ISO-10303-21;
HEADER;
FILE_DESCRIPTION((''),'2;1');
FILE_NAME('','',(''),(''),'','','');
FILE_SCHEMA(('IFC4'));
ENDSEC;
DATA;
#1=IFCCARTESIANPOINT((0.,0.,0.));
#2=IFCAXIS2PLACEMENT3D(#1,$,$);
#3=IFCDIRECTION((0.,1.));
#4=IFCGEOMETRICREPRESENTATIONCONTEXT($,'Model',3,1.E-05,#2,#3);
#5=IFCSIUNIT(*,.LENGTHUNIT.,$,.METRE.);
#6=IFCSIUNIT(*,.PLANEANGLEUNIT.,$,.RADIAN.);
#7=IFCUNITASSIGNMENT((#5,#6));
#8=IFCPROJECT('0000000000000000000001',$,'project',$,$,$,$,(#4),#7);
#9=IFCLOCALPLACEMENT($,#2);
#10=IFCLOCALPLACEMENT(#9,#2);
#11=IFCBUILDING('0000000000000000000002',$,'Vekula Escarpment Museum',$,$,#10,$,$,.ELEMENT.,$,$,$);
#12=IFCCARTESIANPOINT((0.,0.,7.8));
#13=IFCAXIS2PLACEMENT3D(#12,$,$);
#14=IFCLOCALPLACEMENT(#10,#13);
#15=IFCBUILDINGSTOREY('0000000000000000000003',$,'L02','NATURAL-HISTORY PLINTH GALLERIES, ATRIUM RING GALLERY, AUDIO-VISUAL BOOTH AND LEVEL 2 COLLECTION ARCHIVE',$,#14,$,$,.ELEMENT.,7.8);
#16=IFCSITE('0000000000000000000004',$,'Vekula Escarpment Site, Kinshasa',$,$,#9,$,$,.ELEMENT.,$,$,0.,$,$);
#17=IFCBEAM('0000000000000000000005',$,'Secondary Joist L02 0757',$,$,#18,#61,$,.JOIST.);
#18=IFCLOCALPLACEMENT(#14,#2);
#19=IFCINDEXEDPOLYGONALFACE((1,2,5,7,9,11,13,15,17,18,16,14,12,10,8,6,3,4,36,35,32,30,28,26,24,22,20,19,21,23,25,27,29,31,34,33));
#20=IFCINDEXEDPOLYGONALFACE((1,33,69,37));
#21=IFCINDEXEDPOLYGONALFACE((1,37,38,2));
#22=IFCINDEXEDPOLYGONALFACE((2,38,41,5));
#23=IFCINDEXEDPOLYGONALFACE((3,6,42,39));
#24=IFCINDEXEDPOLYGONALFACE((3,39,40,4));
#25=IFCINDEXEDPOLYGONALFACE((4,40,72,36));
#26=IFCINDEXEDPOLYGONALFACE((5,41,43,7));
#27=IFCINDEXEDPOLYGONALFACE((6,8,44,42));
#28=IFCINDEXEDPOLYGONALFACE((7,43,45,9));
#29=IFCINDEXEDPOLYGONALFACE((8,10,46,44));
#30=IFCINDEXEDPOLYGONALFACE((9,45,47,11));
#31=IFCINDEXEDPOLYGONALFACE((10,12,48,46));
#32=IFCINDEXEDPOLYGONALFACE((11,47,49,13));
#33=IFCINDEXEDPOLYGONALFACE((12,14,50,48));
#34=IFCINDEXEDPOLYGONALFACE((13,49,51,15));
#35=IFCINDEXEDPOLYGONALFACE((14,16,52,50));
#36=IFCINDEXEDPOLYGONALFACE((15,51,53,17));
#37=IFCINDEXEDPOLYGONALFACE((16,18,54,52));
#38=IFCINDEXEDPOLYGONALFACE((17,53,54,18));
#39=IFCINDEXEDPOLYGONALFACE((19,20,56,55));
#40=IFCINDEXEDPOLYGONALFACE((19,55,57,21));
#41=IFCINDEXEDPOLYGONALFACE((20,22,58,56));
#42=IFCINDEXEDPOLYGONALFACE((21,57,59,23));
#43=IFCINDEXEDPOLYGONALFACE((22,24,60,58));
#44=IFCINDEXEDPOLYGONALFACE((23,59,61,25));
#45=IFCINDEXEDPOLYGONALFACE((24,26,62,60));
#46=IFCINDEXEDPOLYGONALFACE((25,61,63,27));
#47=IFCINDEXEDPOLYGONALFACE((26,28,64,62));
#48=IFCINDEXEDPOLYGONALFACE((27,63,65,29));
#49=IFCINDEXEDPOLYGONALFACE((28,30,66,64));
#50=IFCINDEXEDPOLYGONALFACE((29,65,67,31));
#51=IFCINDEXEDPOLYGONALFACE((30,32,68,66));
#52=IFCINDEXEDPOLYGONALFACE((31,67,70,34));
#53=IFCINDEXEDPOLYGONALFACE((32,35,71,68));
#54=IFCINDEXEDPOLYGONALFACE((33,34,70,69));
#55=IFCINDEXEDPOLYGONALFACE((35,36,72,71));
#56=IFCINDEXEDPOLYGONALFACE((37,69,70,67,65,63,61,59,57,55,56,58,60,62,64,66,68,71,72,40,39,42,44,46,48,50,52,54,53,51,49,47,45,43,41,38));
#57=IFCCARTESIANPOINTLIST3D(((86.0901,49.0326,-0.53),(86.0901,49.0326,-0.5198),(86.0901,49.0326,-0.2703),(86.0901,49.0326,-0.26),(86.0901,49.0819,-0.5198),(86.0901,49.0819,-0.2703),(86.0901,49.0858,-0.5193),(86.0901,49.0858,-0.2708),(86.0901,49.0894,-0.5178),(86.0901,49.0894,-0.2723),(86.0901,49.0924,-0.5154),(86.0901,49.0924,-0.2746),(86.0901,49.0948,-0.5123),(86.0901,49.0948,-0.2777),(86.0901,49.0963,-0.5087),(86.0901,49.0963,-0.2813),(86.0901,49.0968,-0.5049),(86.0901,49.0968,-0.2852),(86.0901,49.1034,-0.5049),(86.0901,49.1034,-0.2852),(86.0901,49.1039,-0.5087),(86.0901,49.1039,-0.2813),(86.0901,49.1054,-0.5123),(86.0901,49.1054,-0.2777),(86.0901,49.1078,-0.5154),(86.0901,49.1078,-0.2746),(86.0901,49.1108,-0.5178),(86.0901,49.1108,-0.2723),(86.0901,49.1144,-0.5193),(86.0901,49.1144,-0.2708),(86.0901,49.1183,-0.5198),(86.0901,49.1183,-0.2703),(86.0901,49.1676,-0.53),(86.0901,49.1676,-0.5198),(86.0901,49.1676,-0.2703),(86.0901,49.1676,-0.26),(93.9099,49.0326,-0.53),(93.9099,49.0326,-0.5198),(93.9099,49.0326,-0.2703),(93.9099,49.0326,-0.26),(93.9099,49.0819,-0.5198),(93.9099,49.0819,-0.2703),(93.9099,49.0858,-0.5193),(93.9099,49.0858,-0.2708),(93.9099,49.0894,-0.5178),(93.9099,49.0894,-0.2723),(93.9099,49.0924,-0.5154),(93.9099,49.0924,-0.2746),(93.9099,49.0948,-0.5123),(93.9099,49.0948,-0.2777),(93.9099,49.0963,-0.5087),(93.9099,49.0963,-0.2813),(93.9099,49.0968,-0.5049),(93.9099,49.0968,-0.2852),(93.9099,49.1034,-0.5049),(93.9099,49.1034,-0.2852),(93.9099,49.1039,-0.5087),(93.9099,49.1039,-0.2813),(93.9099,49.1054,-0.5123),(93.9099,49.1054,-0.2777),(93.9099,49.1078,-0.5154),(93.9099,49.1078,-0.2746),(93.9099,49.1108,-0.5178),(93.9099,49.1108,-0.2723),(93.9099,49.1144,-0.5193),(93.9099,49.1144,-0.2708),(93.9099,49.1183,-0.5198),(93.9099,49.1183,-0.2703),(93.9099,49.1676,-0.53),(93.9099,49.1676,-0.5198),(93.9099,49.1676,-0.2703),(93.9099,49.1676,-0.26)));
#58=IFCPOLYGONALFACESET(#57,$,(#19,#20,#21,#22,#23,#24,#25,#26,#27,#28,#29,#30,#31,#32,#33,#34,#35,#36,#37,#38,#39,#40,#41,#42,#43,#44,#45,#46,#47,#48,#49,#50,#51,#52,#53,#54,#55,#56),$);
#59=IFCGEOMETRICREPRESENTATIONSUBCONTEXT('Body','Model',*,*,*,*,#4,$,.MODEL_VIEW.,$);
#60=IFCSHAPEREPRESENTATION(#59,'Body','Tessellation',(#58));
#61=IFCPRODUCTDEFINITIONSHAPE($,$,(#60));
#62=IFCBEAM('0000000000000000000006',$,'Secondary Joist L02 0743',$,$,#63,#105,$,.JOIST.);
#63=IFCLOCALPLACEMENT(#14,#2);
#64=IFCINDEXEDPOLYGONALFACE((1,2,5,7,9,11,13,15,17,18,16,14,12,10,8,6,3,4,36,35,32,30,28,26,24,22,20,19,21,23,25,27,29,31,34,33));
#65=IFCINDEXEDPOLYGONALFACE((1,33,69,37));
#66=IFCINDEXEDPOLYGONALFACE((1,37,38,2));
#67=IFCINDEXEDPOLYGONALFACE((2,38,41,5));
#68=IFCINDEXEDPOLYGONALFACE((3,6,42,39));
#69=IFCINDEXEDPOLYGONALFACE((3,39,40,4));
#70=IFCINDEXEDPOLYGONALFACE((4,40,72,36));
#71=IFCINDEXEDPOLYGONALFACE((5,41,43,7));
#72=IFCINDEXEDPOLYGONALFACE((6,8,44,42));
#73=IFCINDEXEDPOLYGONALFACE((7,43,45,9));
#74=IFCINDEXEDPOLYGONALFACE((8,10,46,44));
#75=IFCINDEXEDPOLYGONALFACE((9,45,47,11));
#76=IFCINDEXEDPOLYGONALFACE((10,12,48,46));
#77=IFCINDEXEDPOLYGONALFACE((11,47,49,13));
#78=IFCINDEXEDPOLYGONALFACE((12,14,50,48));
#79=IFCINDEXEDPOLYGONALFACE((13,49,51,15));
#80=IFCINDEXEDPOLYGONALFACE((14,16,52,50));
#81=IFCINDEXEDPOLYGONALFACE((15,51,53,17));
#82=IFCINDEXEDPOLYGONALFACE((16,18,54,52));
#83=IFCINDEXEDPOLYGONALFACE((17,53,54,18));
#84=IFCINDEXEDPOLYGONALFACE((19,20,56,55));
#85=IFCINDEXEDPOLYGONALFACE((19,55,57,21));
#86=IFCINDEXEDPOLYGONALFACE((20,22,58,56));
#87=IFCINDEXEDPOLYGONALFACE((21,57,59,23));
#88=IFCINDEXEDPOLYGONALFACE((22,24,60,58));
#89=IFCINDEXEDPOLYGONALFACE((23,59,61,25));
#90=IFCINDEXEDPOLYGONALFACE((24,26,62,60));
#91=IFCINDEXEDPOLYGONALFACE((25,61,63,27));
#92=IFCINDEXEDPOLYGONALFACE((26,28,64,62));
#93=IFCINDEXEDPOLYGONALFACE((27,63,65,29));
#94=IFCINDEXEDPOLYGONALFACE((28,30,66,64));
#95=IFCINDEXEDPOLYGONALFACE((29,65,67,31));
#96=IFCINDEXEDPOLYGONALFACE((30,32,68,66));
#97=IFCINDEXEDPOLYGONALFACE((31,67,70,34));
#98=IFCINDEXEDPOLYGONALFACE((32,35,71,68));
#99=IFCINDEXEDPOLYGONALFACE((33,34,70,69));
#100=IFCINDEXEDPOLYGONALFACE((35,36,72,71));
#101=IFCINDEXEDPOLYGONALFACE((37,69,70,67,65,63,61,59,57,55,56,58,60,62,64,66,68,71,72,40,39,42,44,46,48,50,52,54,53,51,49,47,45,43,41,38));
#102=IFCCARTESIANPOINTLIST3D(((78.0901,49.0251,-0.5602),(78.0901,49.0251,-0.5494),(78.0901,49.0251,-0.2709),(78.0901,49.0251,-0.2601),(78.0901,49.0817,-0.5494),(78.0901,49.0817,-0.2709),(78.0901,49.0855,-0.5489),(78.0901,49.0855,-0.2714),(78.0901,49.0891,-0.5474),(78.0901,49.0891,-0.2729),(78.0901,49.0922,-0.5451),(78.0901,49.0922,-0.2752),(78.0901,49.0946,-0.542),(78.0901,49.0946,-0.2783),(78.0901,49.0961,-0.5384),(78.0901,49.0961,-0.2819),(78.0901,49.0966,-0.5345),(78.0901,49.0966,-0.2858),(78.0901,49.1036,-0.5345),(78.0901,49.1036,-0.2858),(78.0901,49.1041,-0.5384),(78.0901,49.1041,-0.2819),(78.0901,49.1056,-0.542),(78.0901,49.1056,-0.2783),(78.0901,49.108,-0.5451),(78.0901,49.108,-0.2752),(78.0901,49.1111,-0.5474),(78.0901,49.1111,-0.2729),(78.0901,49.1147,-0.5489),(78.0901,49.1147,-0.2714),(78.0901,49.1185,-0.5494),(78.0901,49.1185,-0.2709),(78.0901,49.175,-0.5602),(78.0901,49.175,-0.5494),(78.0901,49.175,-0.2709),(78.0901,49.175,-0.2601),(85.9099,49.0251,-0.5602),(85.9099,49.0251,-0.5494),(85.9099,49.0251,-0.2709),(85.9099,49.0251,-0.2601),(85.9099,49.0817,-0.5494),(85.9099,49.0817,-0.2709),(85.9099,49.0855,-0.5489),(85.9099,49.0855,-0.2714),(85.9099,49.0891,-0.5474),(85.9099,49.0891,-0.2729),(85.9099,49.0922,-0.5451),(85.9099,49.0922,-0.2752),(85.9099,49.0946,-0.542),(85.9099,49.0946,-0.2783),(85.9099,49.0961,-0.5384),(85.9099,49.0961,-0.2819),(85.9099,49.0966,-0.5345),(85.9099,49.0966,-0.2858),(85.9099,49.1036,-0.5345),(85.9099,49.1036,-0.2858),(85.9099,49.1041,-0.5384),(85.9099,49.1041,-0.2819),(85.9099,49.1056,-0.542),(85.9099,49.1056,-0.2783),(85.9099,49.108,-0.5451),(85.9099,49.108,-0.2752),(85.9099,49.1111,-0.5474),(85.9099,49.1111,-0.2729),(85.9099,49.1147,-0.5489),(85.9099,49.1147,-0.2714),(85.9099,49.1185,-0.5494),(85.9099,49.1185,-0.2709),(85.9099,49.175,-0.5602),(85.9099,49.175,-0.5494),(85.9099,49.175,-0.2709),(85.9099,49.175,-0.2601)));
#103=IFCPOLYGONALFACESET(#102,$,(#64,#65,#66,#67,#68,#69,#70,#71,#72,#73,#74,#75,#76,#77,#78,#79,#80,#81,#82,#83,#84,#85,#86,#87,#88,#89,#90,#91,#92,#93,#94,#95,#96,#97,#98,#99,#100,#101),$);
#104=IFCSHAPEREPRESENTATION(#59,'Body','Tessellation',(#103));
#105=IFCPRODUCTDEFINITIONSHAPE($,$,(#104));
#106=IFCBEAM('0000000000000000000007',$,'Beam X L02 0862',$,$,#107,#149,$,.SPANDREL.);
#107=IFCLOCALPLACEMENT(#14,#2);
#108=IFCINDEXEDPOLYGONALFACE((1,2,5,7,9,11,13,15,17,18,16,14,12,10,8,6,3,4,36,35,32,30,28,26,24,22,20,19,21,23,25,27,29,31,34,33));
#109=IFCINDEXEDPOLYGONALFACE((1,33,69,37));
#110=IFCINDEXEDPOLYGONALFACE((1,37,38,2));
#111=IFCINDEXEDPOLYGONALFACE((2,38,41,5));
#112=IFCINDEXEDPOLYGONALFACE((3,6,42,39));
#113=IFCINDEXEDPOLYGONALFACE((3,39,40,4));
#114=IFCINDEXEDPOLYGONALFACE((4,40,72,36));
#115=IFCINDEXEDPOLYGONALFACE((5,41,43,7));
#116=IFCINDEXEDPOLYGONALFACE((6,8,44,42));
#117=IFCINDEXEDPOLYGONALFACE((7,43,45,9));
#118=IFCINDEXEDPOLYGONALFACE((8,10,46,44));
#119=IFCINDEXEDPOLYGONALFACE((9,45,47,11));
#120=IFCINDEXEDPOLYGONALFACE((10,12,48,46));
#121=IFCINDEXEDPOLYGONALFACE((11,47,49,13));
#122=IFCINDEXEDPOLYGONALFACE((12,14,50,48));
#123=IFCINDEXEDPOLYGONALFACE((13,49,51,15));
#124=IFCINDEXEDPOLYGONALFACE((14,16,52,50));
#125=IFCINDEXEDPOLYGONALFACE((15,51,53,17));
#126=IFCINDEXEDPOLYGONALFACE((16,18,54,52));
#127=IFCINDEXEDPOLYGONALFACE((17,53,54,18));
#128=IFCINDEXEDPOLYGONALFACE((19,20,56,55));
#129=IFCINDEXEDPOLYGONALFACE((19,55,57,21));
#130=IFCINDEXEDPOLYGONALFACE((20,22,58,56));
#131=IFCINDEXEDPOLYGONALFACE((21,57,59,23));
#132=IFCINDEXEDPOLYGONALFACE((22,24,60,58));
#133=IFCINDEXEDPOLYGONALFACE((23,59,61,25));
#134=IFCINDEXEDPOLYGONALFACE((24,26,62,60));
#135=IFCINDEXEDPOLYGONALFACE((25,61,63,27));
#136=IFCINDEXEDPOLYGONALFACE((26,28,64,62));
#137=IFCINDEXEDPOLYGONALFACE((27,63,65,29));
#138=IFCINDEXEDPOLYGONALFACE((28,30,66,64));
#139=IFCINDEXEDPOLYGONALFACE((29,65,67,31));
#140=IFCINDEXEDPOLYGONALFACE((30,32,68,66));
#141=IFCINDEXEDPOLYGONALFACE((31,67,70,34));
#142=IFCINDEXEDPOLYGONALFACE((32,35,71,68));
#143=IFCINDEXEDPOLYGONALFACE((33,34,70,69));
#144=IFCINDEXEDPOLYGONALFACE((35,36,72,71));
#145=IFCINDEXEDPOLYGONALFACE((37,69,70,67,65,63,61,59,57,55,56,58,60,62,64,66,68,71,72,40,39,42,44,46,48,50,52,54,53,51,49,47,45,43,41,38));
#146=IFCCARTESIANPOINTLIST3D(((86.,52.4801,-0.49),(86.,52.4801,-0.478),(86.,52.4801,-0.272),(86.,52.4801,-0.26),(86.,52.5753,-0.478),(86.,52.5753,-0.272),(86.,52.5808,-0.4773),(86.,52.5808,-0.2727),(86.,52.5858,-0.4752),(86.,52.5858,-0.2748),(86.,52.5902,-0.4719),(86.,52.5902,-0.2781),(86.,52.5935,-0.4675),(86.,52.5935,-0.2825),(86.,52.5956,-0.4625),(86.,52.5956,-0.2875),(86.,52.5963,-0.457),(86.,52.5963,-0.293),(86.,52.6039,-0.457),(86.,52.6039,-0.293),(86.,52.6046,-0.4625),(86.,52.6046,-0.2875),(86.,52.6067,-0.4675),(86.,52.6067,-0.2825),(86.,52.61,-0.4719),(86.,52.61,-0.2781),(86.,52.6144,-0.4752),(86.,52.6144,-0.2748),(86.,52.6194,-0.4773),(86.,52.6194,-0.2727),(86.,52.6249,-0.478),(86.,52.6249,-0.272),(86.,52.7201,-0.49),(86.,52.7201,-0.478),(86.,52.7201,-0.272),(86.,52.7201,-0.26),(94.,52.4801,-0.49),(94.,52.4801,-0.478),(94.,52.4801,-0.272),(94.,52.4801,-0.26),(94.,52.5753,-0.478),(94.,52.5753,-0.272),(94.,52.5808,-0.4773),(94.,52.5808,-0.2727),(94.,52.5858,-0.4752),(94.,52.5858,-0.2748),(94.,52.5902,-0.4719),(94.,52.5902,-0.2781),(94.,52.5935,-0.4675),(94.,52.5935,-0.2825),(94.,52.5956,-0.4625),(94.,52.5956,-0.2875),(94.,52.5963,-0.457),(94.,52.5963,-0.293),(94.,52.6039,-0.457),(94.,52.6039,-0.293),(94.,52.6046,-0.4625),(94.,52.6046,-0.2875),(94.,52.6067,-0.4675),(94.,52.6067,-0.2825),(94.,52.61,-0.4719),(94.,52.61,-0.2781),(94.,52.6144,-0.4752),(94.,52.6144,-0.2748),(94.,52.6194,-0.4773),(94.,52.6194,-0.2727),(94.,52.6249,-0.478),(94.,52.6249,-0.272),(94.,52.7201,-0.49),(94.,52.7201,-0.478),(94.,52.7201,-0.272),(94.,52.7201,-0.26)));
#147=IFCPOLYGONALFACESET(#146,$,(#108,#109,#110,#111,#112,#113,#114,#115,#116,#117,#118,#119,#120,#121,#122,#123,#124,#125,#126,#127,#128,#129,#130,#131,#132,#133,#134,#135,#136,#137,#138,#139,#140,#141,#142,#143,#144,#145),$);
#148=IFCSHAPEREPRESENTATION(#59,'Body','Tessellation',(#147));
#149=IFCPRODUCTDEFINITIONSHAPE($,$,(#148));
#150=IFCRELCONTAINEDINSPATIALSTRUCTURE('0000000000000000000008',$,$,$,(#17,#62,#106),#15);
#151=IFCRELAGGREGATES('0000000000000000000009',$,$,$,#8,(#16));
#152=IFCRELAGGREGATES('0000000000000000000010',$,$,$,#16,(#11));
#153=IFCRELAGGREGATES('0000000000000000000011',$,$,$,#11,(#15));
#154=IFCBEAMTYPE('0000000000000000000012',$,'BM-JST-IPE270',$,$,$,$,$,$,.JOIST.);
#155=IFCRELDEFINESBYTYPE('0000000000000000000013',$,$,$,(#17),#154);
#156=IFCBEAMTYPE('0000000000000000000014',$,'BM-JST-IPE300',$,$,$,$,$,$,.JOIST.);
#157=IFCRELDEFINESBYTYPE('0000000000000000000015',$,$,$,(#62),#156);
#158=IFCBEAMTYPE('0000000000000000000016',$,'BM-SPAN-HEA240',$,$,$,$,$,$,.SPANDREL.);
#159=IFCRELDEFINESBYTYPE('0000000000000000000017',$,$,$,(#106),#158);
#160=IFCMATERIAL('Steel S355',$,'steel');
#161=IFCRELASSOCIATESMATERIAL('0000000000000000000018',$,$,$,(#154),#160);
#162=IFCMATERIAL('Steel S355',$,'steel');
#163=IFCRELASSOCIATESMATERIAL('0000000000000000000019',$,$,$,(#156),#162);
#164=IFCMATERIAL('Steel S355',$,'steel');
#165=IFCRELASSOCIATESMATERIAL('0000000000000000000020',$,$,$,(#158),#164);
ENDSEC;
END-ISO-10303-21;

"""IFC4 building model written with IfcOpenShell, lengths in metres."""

from ifc_helpers import new_model, si_unit, direction, frame, origin, origin_2d, place, context, subcontext, project, spatial, i_section, extrude, material, material_profile, profile_set, type_object, element, save


model = new_model("IFC4")

# Units and contexts
model_context = context("Model", 3, precision=1e-05, world=origin(), true_north=direction((0.0, 1.0)))
body_context = subcontext(model_context, "Body", "Model", "MODEL_VIEW")
ifc_project = project(units=[si_unit("LENGTHUNIT", "METRE"), si_unit("PLANEANGLEUNIT", "RADIAN")], contexts=[model_context])

# Site, building, storey
site_placement = place(None, origin())
site = spatial("IfcSite", under=ifc_project, at=site_placement, Name="Vekula Escarpment Site, Kinshasa", CompositionType="ELEMENT", RefElevation=0.0)
building_placement = place(site_placement, origin())
building = spatial("IfcBuilding", under=site, at=building_placement, Name="Vekula Escarpment Museum", CompositionType="ELEMENT")
storey_placement = place(building_placement, frame((0.0, 0.0, 7.8)))
storey = spatial("IfcBuildingStorey", under=building, at=storey_placement, Name="L02", Description="NATURAL-HISTORY PLINTH GALLERIES, ATRIUM RING GALLERY, AUDIO-VISUAL BOOTH AND LEVEL 2 COLLECTION ARCHIVE", CompositionType="ELEMENT", Elevation=7.8)

# Beams
ifc_material_1 = material(Name="Steel S355", Category="steel")
ifc_material_profile_1 = material_profile(ifc_material_1, i_section(OverallWidth=0.135, OverallDepth=0.27, WebThickness=0.0066, FlangeThickness=0.0103, FilletRadius=0.0149, at=origin_2d()), Name="IPE 270")
ifc_profile_set_1 = profile_set([ifc_material_profile_1], Name="Steel S355")
beam_type_1 = type_object("IfcBeamType", Name="BM-JST-IPE270", PredefinedType="JOIST", material=ifc_profile_set_1)
beam_1_placement = place(storey_placement, frame((86.0901, 49.1001, -0.395), z_axis=(1.0, 0.0, 0.0), x_axis=(0.0, 1.0, 0.0)))
element("IfcBeam", 1, at=beam_1_placement, inside=storey, type_object=beam_type_1, Name="Secondary Joist L02 0757", PredefinedType="JOIST", context=body_context, shape_type="SweptSolid", body=[
    extrude(i_section(OverallWidth=0.135, OverallDepth=0.27, WebThickness=0.0066, FlangeThickness=0.0103, FilletRadius=0.0149, at=origin_2d()), origin(), (0.0, 0.0, 1.0), 7.8198),
])
ifc_material_2 = material(Name="Steel S355", Category="steel")
ifc_material_profile_2 = material_profile(ifc_material_2, i_section(OverallWidth=0.1499, OverallDepth=0.3, WebThickness=0.0071, FlangeThickness=0.0107, FilletRadius=0.0149, at=origin_2d()), Name="IPE 300")
ifc_profile_set_2 = profile_set([ifc_material_profile_2], Name="Steel S355")
beam_type_2 = type_object("IfcBeamType", Name="BM-JST-IPE300", PredefinedType="JOIST", material=ifc_profile_set_2)
beam_2_placement = place(storey_placement, frame((78.0901, 49.1001, -0.4102), z_axis=(1.0, 0.0, 0.0), x_axis=(0.0, 1.0, 0.0)))
element("IfcBeam", 2, at=beam_2_placement, inside=storey, type_object=beam_type_2, Name="Secondary Joist L02 0743", PredefinedType="JOIST", context=body_context, shape_type="SweptSolid", body=[
    extrude(i_section(OverallWidth=0.1499, OverallDepth=0.3, WebThickness=0.0071, FlangeThickness=0.0107, FilletRadius=0.0149, at=origin_2d()), origin(), (0.0, 0.0, 1.0), 7.8198),
])
ifc_material_3 = material(Name="Steel S355", Category="steel")
ifc_material_profile_3 = material_profile(ifc_material_3, i_section(OverallWidth=0.24, OverallDepth=0.23, WebThickness=0.0076, FlangeThickness=0.012, FilletRadius=0.021, at=origin_2d()), Name="HEA 240")
ifc_profile_set_3 = profile_set([ifc_material_profile_3], Name="Steel S355")
beam_type_3 = type_object("IfcBeamType", Name="BM-SPAN-HEA240", PredefinedType="SPANDREL", material=ifc_profile_set_3)
beam_3_placement = place(storey_placement, frame((86.0, 52.6001, -0.375), z_axis=(1.0, 0.0, 0.0), x_axis=(0.0, 1.0, 0.0)))
element("IfcBeam", 3, at=beam_3_placement, inside=storey, type_object=beam_type_3, Name="Beam X L02 0862", PredefinedType="SPANDREL", context=body_context, shape_type="SweptSolid", body=[
    extrude(i_section(OverallWidth=0.24, OverallDepth=0.23, WebThickness=0.0076, FlangeThickness=0.012, FilletRadius=0.021, at=origin_2d()), origin(), (0.0, 0.0, 1.0), 8.0),
])

save(model, "model.ifc")
